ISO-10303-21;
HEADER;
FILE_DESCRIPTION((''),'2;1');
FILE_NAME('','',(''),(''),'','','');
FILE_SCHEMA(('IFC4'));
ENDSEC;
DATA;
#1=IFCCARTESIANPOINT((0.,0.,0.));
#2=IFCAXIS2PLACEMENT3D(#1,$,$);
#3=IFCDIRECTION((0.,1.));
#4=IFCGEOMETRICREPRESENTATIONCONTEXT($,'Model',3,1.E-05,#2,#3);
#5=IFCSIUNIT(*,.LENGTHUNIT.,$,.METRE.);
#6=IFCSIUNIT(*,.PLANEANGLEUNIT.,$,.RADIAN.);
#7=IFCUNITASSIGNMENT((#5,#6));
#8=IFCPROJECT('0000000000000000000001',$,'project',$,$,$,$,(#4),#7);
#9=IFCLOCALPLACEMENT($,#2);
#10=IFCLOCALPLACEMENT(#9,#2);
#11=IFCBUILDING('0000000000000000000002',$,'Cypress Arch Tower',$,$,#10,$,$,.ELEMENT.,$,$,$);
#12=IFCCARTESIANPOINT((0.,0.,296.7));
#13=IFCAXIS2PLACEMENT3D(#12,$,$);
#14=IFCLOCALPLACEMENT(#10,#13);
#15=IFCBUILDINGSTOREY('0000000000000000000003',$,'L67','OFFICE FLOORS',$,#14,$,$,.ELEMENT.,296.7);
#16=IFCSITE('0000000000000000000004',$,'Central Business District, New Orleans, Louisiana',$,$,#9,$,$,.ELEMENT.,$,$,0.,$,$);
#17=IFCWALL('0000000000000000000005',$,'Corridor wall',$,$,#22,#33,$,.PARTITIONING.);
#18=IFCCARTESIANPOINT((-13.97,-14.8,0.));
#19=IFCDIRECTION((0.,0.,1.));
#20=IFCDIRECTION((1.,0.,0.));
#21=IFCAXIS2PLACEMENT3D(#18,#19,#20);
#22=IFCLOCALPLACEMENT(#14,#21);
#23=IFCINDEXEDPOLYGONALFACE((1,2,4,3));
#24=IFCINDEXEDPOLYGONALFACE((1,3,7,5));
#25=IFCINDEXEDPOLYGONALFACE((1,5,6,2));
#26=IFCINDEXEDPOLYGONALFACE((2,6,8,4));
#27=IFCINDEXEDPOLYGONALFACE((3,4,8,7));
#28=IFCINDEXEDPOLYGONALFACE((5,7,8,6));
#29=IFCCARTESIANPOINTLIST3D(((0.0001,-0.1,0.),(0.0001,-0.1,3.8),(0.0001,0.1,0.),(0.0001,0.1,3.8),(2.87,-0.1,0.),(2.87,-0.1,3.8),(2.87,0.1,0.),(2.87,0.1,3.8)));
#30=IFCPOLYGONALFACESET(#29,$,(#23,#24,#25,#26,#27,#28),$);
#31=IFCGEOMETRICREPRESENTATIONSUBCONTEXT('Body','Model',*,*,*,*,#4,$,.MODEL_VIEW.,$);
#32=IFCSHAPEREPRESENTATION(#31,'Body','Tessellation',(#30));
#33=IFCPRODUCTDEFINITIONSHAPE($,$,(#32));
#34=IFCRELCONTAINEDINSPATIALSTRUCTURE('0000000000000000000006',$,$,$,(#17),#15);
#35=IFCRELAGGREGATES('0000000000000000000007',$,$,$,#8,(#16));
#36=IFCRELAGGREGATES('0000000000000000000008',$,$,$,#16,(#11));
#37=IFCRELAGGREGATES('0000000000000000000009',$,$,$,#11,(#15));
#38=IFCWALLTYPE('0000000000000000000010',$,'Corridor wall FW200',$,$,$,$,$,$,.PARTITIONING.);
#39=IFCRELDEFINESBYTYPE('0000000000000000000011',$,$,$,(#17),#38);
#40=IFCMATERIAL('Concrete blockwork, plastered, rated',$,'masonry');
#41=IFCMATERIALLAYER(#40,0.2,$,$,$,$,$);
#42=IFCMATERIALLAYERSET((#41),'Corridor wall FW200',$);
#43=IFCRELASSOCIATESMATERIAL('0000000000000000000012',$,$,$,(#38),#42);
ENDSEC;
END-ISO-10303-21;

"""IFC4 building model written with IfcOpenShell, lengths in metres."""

from ifc_helpers import new_model, si_unit, direction, frame, frame_2d, origin, place, context, subcontext, project, spatial, rectangle, extrude, material, layer, layer_set, type_object, element, save


model = new_model("IFC4")

# Units and contexts
model_context = context("Model", 3, precision=1e-05, world=origin(), true_north=direction((0.0, 1.0)))
body_context = subcontext(model_context, "Body", "Model", "MODEL_VIEW")
ifc_project = project(units=[si_unit("LENGTHUNIT", "METRE"), si_unit("PLANEANGLEUNIT", "RADIAN")], contexts=[model_context])

# Site, building, storey
site_placement = place(None, origin())
site = spatial("IfcSite", under=ifc_project, at=site_placement, Name="Central Business District, New Orleans, Louisiana", CompositionType="ELEMENT", RefElevation=0.0)
building_placement = place(site_placement, origin())
building = spatial("IfcBuilding", under=site, at=building_placement, Name="Cypress Arch Tower", CompositionType="ELEMENT")
storey_placement = place(building_placement, frame((0.0, 0.0, 296.7)))
storey = spatial("IfcBuildingStorey", under=building, at=storey_placement, Name="L67", Description="OFFICE FLOORS", CompositionType="ELEMENT", Elevation=296.7)

# Wall
ifc_material_1 = material(Name="Concrete blockwork, plastered, rated", Category="masonry")
ifc_layer_1 = layer(ifc_material_1, 0.2)
ifc_layer_set_1 = layer_set([ifc_layer_1], Name="Corridor wall FW200")
wall_type_1 = type_object("IfcWallType", Name="Corridor wall FW200", PredefinedType="PARTITIONING", material=ifc_layer_set_1)
wall_1_placement = place(storey_placement, frame((-13.97, -14.8, 0.0), z_axis=(0.0, 0.0, 1.0), x_axis=(1.0, 0.0, 0.0)))
element("IfcWall", 1, at=wall_1_placement, inside=storey, type_object=wall_type_1, Name="Corridor wall", PredefinedType="PARTITIONING", context=body_context, shape_type="SweptSolid", body=[
    extrude(rectangle(XDim=2.8699, YDim=0.2, at=frame_2d((1.4351, 0.0))), origin(), (0.0, 0.0, 1.0), 3.8),
])

save(model, "model.ifc")
